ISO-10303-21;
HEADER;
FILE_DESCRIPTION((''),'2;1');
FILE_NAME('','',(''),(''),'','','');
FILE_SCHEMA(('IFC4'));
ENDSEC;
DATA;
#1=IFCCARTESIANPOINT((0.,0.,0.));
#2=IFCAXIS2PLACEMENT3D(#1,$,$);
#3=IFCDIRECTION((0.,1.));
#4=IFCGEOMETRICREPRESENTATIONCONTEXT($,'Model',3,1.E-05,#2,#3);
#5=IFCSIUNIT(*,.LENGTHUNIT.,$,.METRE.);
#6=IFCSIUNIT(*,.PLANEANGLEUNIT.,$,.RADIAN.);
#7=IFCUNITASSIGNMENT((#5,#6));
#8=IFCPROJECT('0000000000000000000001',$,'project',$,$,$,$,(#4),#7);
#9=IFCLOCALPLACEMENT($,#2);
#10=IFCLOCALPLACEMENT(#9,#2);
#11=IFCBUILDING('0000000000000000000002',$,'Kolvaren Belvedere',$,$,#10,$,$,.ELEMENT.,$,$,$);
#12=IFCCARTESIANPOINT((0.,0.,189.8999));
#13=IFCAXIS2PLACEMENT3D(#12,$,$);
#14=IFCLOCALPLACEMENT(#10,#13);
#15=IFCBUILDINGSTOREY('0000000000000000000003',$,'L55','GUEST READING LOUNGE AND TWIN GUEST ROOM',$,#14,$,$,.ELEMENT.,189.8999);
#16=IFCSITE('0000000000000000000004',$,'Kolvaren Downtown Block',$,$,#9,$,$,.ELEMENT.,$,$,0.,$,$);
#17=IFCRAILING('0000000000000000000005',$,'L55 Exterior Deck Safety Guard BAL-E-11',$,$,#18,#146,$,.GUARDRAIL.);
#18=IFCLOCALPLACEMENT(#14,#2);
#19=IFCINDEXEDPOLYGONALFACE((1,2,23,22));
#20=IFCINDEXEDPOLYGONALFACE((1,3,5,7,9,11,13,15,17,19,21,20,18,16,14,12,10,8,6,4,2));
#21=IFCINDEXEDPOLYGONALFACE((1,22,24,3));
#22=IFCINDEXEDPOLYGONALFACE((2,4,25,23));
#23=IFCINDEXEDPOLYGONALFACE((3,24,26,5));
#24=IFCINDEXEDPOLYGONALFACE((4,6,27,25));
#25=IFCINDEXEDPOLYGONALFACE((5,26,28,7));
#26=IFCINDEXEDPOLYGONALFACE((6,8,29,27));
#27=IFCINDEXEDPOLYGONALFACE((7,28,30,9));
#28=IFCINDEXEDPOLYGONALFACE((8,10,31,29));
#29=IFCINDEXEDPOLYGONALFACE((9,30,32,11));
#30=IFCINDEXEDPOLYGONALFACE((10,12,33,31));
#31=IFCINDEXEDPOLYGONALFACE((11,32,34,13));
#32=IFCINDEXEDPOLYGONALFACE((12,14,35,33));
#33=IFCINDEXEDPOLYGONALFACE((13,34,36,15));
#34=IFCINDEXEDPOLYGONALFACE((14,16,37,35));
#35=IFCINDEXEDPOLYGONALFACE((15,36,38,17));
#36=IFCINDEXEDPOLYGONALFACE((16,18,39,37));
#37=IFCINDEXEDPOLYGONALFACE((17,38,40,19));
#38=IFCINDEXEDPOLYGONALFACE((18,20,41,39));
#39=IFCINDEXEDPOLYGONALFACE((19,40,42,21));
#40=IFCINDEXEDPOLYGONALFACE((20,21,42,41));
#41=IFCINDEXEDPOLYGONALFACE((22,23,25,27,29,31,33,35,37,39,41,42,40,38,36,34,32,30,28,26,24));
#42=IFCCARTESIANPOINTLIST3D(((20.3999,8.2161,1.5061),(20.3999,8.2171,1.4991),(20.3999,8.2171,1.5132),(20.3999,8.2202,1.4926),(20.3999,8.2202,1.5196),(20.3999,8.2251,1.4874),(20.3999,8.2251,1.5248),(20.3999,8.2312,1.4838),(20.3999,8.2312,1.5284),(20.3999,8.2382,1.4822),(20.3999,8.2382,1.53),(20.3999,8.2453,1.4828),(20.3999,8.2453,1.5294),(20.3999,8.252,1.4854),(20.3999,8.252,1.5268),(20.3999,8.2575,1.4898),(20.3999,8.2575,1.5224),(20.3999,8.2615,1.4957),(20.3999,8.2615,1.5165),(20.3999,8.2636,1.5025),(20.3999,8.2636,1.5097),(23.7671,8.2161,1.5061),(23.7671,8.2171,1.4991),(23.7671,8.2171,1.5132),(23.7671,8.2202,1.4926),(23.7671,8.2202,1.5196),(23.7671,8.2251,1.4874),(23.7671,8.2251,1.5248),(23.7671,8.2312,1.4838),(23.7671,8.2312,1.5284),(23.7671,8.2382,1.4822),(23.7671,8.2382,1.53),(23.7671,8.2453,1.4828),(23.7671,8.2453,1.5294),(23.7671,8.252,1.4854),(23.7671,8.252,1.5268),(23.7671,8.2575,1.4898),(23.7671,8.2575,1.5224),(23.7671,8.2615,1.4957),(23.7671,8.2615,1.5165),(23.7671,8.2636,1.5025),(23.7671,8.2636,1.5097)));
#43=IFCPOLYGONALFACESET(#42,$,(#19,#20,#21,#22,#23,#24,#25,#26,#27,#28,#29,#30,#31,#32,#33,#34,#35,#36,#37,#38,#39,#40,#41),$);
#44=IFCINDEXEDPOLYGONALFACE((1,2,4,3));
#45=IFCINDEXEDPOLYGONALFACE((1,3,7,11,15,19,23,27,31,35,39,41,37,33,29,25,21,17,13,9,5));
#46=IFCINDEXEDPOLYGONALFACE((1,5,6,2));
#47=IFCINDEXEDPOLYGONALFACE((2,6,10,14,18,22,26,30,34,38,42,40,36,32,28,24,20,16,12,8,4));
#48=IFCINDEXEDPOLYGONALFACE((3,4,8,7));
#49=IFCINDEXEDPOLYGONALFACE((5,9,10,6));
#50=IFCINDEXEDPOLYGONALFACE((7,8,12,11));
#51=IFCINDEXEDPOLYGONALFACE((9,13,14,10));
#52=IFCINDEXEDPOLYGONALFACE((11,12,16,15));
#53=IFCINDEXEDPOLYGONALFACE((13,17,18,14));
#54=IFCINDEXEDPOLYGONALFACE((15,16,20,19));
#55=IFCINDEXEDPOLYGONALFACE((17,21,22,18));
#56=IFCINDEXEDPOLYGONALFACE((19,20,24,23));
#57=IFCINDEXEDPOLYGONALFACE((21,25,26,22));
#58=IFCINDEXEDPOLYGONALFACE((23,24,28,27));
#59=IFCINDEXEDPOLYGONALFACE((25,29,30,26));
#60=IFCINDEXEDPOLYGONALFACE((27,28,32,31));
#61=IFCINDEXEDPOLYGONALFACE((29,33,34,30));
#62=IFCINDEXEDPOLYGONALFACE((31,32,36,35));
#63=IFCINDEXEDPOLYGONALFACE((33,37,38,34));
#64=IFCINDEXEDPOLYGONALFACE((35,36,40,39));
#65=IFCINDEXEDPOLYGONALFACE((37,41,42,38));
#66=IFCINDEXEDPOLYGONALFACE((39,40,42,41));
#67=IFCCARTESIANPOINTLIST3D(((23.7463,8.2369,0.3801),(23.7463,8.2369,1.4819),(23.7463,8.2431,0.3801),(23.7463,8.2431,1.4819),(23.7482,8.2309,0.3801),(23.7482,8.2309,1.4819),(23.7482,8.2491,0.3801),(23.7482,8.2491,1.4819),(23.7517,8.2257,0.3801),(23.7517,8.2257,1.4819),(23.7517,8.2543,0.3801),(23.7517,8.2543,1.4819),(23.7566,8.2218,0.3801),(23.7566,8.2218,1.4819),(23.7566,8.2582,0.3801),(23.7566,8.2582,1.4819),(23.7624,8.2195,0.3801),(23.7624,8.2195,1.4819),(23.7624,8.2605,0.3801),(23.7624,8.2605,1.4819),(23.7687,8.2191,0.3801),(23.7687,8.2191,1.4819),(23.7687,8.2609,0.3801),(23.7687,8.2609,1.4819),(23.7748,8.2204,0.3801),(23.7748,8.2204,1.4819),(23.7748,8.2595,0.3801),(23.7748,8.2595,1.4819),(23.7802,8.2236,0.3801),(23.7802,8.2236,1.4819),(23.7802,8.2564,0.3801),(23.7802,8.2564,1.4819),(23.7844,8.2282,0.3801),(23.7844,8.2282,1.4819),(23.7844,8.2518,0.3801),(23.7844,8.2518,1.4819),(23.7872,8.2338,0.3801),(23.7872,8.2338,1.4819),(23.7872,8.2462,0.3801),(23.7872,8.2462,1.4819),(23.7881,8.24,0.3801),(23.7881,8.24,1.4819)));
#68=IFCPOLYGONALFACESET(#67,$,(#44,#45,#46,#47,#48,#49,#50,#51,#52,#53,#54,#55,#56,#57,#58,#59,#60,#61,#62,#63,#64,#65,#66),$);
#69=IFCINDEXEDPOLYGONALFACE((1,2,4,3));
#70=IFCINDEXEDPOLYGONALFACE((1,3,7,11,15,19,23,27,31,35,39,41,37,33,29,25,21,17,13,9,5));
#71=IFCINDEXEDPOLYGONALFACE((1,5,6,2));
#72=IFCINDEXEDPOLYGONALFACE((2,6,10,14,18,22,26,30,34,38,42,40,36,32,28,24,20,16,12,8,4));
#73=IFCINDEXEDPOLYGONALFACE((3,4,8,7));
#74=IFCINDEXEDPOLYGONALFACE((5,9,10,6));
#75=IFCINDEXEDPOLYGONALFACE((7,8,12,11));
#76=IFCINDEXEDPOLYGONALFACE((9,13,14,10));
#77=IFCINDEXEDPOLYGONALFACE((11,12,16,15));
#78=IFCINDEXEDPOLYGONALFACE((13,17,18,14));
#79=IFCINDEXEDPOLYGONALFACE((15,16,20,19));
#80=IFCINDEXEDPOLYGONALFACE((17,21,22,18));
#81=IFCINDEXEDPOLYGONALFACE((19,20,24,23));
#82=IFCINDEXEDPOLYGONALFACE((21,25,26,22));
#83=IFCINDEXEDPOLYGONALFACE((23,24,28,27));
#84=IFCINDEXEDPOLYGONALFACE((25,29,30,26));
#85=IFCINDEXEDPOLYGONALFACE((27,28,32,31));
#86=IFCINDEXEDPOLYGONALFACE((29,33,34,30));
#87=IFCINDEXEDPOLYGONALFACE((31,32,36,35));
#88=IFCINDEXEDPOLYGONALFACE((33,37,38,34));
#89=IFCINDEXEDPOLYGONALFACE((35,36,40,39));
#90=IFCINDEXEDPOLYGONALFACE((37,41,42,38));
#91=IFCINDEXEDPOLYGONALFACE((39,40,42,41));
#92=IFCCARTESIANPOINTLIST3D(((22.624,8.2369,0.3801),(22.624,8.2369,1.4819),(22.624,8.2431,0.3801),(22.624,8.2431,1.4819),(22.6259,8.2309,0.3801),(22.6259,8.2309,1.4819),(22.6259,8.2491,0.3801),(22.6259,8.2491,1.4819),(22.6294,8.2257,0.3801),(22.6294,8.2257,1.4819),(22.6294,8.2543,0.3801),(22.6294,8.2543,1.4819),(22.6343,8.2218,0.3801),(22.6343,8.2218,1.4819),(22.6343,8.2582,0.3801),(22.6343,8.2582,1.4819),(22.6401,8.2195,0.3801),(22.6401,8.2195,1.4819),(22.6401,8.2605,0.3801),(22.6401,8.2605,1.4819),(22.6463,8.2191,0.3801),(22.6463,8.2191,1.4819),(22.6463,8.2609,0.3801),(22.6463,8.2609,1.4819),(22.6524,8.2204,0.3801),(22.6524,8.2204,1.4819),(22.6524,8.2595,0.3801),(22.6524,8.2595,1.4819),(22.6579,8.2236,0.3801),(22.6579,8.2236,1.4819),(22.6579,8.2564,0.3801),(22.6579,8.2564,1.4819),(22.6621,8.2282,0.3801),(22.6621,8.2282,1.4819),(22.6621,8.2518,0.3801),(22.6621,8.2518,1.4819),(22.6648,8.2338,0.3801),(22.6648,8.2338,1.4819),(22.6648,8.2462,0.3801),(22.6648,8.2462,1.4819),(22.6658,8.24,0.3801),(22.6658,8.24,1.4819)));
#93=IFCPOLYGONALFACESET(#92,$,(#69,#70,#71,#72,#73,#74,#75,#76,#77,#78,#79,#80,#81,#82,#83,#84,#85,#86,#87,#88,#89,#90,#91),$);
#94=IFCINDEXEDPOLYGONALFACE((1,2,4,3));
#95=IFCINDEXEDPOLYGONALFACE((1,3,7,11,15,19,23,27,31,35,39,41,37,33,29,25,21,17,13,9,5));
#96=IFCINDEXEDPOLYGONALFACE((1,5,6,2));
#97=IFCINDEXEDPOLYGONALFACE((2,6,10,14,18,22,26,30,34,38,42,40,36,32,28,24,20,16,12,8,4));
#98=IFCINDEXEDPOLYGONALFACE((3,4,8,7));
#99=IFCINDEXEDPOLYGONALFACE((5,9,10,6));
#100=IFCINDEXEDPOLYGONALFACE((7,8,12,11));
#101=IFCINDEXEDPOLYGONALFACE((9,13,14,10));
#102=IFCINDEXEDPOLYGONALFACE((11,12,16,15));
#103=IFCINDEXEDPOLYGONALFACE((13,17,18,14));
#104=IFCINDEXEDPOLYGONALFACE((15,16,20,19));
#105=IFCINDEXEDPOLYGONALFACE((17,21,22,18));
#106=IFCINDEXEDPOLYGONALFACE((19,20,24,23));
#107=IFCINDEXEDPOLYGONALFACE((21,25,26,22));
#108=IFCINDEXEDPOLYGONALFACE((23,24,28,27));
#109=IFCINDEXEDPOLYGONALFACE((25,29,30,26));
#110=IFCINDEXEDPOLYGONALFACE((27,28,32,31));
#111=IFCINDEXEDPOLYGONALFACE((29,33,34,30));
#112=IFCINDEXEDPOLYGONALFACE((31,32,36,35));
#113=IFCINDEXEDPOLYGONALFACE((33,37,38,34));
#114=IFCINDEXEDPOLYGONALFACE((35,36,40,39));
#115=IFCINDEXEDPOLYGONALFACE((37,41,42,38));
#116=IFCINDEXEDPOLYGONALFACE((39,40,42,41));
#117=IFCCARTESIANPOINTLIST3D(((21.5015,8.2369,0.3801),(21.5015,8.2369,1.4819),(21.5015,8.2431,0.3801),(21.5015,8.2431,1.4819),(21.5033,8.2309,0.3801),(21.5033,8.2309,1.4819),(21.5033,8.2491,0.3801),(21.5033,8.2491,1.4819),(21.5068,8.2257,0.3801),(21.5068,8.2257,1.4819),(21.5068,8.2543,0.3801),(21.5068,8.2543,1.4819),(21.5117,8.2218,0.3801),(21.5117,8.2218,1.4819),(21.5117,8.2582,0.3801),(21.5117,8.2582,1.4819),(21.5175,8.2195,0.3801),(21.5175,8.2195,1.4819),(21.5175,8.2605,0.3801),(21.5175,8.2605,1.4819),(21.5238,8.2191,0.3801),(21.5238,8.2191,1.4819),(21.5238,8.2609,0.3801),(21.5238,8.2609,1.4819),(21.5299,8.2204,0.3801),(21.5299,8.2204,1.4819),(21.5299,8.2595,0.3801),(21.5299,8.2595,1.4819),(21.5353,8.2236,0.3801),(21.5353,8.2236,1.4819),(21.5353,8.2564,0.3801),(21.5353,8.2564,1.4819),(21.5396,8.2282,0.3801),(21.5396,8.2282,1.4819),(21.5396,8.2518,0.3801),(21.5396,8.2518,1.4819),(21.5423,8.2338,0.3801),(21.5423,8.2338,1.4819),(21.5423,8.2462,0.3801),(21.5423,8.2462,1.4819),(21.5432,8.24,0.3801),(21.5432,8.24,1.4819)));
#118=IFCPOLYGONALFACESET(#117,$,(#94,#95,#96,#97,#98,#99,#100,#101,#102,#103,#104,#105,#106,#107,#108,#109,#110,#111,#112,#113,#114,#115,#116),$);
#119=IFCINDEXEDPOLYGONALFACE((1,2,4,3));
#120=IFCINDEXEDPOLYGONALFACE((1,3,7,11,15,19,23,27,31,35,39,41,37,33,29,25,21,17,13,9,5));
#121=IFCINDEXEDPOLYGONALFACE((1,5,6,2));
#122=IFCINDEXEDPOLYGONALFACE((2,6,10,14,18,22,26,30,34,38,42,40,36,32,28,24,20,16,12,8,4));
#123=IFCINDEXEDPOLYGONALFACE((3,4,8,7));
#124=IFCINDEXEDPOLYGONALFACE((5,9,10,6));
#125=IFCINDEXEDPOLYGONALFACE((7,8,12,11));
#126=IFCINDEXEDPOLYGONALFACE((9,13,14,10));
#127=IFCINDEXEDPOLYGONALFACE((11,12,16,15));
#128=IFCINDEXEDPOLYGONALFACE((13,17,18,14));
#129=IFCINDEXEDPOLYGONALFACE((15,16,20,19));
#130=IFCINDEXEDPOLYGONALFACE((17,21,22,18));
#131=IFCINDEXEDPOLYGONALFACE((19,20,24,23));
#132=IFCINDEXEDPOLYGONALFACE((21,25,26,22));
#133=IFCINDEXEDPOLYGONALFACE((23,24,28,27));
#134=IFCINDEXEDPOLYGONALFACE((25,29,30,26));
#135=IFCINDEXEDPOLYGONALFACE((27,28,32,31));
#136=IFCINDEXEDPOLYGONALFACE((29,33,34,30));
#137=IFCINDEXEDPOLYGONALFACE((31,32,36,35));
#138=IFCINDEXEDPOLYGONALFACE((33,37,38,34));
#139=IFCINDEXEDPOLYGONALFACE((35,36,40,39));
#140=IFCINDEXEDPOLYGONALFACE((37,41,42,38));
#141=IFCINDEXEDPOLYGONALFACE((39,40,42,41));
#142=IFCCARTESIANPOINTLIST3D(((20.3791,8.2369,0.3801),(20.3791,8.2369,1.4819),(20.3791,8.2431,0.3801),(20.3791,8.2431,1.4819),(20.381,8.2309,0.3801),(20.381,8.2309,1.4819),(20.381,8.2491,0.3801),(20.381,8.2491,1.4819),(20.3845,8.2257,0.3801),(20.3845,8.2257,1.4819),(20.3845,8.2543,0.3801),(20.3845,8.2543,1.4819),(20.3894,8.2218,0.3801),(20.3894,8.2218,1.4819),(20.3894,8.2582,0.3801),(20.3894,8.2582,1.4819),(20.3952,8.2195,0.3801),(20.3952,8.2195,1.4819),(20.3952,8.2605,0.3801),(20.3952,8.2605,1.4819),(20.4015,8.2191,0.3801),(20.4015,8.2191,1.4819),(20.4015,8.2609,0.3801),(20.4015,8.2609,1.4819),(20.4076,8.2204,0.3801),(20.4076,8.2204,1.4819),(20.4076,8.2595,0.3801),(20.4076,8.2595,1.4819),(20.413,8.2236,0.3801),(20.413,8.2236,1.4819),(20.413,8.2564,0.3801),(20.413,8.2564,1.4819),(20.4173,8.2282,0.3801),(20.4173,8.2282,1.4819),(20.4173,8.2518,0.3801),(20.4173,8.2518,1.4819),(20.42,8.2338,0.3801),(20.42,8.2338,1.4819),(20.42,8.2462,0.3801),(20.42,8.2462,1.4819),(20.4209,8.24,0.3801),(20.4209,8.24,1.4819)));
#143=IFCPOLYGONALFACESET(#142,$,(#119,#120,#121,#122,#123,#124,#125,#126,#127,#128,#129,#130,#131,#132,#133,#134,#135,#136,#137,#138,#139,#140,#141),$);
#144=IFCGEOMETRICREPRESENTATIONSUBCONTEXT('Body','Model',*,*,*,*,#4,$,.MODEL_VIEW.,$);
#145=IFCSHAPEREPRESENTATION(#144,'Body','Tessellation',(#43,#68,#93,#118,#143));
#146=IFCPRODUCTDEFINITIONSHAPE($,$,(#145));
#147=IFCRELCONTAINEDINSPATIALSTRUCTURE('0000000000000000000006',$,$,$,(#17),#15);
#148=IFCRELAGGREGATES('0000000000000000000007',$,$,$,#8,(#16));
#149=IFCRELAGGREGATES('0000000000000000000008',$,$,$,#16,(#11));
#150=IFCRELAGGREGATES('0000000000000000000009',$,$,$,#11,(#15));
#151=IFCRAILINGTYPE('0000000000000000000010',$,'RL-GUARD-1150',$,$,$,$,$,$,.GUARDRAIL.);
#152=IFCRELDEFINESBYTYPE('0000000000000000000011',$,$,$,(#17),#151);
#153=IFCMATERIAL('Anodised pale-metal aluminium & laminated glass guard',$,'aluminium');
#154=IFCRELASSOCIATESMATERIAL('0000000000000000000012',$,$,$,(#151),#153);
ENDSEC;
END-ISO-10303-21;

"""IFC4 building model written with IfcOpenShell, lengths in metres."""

from ifc_helpers import new_model, si_unit, direction, frame, origin, origin_2d, place, context, subcontext, project, spatial, circle, extrude, material, type_object, element, save


model = new_model("IFC4")

# Units and contexts
model_context = context("Model", 3, precision=1e-05, world=origin(), true_north=direction((0.0, 1.0)))
body_context = subcontext(model_context, "Body", "Model", "MODEL_VIEW")
ifc_project = project(units=[si_unit("LENGTHUNIT", "METRE"), si_unit("PLANEANGLEUNIT", "RADIAN")], contexts=[model_context])

# Site, building, storey
site_placement = place(None, origin())
site = spatial("IfcSite", under=ifc_project, at=site_placement, Name="Kolvaren Downtown Block", CompositionType="ELEMENT", RefElevation=0.0)
building_placement = place(site_placement, origin())
building = spatial("IfcBuilding", under=site, at=building_placement, Name="Kolvaren Belvedere", CompositionType="ELEMENT")
storey_placement = place(building_placement, frame((0.0, 0.0, 189.8999)))
storey = spatial("IfcBuildingStorey", under=building, at=storey_placement, Name="L55", Description="GUEST READING LOUNGE AND TWIN GUEST ROOM", CompositionType="ELEMENT", Elevation=189.8999)

# Railing
ifc_material_1 = material(Name="Anodised pale-metal aluminium & laminated glass guard", Category="aluminium")
railing_type = type_object("IfcRailingType", Name="RL-GUARD-1150", PredefinedType="GUARDRAIL", material=ifc_material_1)
railing_placement = place(storey_placement, frame((23.7671, 8.24, 0.3801)))
element("IfcRailing", 1, at=railing_placement, inside=storey, type_object=railing_type, Name="L55 Exterior Deck Safety Guard BAL-E-11", PredefinedType="GUARDRAIL", context=body_context, shape_type="SweptSolid", body=[
    extrude(circle(Radius=0.0239, at=origin_2d()), frame((0.0, 0.0, 1.126), z_axis=(-1.0, 0.0, 0.0), x_axis=(0.0, -1.0, 0.0)), (0.0, 0.0, 1.0), 3.3672),
    extrude(circle(Radius=0.021, at=origin_2d()), origin(), (0.0, 0.0, 1.0), 1.1018),
    extrude(circle(Radius=0.021, at=origin_2d()), frame((-1.1223, 0.0, 0.0)), (0.0, 0.0, 1.0), 1.1018),
    extrude(circle(Radius=0.021, at=origin_2d()), frame((-2.2449, 0.0, 0.0)), (0.0, 0.0, 1.0), 1.1018),
    extrude(circle(Radius=0.021, at=origin_2d()), frame((-3.3672, 0.0, 0.0)), (0.0, 0.0, 1.0), 1.1018),
])

save(model, "model.ifc")
